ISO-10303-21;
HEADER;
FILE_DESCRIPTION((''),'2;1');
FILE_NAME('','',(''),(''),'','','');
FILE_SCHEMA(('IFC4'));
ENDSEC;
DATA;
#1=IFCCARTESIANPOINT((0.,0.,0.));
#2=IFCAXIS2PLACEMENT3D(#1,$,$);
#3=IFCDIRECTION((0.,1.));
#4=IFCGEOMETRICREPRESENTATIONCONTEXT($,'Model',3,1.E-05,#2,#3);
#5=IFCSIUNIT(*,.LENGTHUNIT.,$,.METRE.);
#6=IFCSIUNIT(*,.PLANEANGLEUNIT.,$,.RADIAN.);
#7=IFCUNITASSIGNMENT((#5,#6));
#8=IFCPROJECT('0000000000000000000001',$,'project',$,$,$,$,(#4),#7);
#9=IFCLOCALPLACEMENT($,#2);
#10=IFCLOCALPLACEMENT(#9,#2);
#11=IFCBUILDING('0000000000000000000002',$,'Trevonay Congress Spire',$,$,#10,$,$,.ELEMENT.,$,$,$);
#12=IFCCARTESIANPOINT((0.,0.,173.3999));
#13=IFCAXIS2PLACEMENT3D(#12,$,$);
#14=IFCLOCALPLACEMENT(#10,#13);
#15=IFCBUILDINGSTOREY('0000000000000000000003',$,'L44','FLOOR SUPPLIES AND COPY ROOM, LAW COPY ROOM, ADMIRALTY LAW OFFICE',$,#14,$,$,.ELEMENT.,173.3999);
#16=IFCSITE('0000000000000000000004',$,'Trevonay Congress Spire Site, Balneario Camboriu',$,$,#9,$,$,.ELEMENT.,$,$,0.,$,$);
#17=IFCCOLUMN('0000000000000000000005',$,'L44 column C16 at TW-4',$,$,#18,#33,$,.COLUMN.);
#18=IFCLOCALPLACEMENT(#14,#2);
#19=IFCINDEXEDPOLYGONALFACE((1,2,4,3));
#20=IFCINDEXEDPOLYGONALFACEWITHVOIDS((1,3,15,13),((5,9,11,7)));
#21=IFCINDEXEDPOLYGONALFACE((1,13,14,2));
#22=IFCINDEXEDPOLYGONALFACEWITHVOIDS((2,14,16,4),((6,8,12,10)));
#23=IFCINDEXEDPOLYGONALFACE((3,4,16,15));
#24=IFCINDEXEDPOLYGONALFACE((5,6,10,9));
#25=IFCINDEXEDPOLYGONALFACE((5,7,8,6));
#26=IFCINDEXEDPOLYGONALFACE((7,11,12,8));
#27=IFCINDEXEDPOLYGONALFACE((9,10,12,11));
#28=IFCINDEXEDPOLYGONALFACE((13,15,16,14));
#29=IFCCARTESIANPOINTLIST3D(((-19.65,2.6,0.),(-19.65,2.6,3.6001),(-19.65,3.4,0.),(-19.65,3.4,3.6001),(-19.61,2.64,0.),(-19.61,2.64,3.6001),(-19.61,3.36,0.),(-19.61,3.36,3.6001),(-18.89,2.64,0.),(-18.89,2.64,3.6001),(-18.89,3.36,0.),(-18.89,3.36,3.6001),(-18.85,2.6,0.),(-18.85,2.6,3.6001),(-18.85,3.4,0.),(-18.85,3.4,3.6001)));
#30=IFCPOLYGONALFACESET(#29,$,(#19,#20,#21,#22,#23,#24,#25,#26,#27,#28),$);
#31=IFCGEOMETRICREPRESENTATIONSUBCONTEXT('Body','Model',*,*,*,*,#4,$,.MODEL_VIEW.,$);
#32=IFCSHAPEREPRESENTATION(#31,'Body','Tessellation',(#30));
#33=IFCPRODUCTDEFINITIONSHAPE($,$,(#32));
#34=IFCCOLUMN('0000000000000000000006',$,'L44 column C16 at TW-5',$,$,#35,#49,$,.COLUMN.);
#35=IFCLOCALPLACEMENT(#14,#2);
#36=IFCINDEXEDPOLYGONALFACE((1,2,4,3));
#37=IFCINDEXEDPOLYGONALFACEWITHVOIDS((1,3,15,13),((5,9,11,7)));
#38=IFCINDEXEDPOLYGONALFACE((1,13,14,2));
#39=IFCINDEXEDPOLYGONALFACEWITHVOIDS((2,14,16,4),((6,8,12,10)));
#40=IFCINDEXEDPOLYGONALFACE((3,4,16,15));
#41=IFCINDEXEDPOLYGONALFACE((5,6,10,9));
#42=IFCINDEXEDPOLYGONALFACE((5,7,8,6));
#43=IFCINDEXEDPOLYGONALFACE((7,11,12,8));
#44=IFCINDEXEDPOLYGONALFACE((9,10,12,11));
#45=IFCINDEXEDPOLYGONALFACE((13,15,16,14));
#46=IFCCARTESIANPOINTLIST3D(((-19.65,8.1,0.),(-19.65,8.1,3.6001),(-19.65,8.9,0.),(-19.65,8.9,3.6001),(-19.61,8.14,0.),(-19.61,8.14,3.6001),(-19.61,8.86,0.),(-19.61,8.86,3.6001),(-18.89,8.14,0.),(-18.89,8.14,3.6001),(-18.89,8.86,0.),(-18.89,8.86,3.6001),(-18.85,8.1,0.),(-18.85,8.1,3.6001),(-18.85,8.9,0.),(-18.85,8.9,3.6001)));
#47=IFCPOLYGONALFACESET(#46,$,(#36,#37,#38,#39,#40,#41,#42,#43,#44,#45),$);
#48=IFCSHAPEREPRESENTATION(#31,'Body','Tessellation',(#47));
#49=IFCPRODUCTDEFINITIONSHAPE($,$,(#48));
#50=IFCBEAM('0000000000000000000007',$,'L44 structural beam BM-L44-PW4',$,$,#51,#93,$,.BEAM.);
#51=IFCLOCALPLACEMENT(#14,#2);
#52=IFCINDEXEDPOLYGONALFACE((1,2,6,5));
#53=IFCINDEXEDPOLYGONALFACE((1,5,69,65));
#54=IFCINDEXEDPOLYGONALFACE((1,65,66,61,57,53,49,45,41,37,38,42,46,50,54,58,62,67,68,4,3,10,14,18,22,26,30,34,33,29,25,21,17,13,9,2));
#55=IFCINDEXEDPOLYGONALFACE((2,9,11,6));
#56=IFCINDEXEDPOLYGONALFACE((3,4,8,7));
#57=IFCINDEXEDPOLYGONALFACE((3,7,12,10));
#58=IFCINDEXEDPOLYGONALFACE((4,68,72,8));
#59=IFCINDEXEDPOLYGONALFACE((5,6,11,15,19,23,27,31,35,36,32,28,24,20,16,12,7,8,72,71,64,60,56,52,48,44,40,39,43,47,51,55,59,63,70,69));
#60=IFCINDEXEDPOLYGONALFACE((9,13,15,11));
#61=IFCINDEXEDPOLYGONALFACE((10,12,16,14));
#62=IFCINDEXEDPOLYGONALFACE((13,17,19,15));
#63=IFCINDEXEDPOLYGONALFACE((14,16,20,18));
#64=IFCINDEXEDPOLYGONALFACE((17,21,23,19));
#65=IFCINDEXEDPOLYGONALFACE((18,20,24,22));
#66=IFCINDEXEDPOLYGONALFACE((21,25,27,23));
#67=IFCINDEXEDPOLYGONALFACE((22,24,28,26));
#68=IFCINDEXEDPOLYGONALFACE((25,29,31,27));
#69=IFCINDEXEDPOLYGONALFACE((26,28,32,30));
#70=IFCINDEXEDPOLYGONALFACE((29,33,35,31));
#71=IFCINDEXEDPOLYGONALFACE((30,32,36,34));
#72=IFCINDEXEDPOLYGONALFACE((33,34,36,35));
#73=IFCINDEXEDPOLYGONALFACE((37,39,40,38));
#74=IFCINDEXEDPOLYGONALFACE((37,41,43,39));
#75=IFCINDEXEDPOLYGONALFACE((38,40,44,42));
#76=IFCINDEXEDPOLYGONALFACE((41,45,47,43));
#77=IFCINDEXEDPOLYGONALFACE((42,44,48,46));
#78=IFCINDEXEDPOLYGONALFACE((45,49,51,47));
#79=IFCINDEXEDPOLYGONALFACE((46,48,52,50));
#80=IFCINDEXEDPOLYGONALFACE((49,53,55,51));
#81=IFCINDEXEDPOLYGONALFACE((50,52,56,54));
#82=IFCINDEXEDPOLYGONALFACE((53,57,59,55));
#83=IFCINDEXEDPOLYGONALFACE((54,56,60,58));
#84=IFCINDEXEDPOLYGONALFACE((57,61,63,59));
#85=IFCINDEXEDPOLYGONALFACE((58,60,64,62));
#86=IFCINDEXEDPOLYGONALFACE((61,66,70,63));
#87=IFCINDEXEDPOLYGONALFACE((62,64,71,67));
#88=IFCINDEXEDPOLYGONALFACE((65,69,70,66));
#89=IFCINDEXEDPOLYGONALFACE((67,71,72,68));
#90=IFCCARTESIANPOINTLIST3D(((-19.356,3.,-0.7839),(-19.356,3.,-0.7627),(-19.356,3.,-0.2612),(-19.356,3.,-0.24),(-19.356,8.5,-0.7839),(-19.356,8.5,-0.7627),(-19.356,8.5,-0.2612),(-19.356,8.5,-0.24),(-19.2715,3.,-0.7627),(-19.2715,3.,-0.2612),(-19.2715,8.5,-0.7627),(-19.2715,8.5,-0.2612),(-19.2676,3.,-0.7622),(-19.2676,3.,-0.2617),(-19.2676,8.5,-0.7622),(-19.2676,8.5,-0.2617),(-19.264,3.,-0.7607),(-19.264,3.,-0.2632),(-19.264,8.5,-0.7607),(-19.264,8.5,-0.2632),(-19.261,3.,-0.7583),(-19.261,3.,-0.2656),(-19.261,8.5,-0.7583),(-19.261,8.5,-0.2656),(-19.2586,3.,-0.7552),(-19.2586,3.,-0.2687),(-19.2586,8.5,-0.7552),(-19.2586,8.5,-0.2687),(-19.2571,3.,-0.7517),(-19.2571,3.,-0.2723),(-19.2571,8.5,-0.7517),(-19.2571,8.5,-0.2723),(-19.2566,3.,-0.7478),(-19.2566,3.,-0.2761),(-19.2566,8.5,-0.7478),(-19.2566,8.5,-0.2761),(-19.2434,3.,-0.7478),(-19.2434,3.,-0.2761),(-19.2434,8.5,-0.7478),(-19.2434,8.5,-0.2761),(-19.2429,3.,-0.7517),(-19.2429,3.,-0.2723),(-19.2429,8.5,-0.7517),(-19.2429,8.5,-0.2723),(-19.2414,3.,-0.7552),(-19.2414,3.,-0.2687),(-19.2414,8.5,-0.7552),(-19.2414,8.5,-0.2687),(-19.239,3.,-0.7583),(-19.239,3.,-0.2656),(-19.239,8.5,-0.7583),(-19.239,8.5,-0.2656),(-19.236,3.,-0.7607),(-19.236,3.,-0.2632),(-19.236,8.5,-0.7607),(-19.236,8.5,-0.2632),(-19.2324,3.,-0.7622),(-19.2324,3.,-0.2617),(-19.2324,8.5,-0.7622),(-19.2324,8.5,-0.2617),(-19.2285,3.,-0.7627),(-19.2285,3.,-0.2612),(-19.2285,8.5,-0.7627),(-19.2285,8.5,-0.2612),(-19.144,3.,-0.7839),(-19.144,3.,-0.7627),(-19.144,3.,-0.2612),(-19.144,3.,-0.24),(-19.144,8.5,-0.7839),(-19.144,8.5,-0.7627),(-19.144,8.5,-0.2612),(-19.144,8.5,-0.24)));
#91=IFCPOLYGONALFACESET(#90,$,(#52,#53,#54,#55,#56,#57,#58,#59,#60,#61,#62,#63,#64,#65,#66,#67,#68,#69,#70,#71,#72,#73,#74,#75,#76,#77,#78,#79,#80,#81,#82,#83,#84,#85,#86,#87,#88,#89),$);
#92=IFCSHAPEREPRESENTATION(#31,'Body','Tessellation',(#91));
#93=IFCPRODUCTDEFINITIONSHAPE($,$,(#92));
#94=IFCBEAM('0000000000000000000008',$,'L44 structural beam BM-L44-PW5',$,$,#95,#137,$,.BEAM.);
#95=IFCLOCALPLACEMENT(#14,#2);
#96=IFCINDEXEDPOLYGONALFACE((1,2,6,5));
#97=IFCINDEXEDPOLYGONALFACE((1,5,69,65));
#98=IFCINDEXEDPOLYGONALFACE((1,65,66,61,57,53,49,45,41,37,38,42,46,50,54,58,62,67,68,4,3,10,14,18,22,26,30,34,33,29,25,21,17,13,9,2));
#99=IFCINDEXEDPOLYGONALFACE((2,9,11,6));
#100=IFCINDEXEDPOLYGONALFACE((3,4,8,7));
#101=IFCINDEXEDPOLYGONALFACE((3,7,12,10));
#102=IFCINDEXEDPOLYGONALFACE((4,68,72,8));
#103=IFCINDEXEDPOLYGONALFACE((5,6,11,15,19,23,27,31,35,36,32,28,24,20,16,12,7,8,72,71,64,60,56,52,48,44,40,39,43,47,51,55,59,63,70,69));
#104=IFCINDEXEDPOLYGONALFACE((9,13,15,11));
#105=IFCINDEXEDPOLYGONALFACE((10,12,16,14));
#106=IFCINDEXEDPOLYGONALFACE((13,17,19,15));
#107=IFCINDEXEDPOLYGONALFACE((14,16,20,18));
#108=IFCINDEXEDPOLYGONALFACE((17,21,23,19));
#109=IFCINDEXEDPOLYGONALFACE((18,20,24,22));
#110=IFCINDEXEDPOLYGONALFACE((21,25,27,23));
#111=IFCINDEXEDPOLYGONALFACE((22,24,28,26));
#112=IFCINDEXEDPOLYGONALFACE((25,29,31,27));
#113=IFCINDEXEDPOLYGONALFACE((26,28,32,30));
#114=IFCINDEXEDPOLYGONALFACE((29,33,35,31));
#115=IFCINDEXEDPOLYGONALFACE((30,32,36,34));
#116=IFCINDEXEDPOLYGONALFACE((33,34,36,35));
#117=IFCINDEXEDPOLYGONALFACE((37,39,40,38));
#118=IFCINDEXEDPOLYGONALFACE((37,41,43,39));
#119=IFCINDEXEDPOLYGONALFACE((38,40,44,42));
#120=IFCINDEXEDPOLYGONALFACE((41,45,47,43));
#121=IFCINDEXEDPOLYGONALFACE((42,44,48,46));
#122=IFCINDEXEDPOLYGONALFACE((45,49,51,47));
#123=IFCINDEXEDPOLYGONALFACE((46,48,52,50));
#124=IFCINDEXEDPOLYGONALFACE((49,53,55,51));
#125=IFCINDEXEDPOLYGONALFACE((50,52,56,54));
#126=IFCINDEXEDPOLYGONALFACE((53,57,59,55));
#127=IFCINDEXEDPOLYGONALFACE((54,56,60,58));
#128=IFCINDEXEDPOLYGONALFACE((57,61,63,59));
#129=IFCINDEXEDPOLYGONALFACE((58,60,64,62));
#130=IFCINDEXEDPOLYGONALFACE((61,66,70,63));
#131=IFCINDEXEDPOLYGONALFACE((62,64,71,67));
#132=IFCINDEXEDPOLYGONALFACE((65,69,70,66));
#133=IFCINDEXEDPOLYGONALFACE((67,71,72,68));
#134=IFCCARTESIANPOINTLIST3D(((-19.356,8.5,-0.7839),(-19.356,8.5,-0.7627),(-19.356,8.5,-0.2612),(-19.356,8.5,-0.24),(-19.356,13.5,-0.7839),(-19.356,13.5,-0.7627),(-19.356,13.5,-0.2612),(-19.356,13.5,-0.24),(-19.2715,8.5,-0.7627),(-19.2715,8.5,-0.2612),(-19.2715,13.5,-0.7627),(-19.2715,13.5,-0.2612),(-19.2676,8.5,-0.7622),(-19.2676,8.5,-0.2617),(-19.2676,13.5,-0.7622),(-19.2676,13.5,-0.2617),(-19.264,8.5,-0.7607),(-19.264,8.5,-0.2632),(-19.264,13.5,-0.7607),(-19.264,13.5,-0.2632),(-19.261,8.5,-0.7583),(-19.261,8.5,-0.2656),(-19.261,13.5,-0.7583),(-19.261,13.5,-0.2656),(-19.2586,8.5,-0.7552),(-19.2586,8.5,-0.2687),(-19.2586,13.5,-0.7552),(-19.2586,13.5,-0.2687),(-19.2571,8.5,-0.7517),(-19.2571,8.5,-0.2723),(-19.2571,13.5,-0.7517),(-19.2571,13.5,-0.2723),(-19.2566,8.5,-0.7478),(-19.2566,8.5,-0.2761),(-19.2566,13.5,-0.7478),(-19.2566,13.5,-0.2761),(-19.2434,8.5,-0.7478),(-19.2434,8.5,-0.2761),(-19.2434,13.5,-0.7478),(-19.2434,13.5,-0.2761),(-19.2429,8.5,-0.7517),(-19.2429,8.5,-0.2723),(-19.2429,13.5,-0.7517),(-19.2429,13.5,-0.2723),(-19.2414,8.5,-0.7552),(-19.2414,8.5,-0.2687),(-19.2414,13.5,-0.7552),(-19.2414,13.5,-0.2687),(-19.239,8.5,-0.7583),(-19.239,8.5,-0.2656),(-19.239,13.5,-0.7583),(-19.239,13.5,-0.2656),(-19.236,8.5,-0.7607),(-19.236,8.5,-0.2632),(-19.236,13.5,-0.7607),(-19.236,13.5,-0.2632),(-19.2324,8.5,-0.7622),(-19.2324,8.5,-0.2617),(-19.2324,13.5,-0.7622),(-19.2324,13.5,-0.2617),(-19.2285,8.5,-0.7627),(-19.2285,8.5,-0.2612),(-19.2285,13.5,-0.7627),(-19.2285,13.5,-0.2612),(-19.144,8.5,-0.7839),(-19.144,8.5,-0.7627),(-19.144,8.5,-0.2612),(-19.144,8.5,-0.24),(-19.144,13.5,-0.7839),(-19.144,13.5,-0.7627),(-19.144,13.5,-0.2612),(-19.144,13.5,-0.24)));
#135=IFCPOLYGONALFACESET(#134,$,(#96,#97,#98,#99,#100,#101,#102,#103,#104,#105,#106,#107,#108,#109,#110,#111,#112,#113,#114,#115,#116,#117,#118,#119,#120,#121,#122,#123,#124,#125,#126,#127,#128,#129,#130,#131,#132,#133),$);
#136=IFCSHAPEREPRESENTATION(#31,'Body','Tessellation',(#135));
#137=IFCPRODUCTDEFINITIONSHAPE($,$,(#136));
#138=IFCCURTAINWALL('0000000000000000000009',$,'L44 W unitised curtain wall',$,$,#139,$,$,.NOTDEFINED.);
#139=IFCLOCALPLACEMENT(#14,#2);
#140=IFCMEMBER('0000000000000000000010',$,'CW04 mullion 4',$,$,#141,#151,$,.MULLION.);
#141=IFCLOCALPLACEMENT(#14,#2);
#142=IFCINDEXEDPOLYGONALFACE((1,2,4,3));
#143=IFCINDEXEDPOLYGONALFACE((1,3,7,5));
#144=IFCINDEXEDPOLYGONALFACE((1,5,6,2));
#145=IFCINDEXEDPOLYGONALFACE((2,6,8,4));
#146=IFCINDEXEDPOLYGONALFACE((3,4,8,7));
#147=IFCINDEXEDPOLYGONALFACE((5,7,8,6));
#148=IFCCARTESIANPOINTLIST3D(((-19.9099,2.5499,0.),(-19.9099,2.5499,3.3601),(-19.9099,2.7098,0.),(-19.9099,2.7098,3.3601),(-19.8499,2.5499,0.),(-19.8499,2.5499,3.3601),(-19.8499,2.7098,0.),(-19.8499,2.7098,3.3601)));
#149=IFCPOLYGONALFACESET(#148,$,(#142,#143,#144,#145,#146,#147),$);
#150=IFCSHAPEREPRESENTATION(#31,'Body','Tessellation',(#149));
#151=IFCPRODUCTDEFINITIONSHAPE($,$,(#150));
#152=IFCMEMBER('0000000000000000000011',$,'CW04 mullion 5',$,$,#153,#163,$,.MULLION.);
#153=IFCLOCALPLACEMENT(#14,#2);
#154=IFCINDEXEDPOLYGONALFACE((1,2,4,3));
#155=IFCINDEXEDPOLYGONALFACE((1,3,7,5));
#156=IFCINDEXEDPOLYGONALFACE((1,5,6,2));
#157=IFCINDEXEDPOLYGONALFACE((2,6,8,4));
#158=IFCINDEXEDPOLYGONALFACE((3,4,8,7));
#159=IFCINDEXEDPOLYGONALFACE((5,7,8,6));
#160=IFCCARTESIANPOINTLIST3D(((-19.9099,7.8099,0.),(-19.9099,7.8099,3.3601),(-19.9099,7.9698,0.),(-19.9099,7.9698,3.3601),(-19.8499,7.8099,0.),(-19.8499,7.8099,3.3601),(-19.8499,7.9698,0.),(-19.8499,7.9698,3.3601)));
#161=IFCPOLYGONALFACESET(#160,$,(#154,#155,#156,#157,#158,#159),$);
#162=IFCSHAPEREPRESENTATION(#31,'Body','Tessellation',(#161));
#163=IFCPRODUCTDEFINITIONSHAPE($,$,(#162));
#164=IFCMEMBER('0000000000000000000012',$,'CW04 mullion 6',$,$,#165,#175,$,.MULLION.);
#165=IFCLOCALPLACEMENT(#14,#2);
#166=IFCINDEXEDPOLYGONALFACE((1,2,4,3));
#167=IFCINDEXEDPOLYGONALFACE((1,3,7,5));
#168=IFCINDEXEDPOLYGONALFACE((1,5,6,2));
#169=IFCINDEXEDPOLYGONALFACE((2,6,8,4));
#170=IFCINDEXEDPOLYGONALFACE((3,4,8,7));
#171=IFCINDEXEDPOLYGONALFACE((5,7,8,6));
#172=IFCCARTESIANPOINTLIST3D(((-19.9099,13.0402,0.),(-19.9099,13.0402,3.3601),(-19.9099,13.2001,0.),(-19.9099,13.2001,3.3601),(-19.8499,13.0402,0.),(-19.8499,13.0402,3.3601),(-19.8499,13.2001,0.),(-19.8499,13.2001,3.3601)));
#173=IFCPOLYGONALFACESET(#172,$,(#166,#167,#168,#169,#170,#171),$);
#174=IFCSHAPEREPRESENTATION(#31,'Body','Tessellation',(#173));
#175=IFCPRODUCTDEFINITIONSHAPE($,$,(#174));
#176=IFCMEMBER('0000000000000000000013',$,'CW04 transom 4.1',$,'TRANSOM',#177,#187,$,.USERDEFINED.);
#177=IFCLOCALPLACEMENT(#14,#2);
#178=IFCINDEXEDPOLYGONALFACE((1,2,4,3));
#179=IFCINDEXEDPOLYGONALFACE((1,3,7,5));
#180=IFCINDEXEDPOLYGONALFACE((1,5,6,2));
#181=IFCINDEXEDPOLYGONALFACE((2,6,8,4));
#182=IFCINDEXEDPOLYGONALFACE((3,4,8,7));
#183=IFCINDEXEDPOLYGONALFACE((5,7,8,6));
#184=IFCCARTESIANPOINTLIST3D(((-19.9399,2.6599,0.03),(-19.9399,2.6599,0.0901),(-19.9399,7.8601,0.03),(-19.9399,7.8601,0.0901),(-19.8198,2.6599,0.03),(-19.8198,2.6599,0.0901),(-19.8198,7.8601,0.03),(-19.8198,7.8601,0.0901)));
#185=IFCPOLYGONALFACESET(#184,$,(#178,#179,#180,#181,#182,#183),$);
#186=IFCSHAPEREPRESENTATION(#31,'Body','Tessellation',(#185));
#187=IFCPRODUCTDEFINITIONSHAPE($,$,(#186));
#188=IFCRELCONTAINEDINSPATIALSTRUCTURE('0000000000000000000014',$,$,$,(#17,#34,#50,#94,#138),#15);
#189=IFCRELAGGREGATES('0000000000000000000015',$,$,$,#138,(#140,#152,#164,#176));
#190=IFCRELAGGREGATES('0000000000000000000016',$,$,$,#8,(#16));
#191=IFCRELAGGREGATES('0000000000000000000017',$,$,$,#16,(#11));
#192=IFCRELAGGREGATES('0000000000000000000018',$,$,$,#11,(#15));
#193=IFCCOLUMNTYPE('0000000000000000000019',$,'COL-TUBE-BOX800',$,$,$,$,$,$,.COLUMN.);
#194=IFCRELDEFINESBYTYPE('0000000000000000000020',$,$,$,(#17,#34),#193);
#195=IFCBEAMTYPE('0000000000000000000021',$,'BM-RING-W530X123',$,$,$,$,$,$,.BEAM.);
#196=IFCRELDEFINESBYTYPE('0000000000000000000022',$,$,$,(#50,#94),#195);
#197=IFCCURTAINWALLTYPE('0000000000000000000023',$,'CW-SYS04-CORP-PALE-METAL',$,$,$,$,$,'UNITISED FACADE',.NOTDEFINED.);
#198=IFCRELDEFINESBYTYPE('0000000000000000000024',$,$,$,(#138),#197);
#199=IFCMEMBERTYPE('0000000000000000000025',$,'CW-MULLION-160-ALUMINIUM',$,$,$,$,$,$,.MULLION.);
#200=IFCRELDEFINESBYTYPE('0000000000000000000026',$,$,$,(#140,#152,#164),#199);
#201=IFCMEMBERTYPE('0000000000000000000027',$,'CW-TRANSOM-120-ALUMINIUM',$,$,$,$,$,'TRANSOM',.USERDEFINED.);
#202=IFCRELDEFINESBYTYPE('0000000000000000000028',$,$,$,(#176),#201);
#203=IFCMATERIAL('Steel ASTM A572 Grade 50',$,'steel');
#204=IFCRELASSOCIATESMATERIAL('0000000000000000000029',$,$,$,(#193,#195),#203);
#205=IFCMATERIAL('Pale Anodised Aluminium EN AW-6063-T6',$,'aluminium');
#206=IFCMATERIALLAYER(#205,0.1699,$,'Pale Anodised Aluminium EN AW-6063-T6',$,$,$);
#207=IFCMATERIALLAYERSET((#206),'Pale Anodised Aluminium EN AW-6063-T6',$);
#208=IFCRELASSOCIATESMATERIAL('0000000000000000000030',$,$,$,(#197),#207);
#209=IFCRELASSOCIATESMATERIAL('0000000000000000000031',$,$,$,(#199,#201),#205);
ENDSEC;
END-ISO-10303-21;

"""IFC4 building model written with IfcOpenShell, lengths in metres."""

from ifc_helpers import new_model, si_unit, direction, frame, origin, origin_2d, place, context, subcontext, project, spatial, rectangle, hollow_rectangle, i_section, extrude, material, layer, layer_set, material_profile, profile_set, type_object, element, aggregate, save


model = new_model("IFC4")

# Units and contexts
model_context = context("Model", 3, precision=1e-05, world=origin(), true_north=direction((0.0, 1.0)))
body_context = subcontext(model_context, "Body", "Model", "MODEL_VIEW")
ifc_project = project(units=[si_unit("LENGTHUNIT", "METRE"), si_unit("PLANEANGLEUNIT", "RADIAN")], contexts=[model_context])

# Site, building, storey
site_placement = place(None, origin())
site = spatial("IfcSite", under=ifc_project, at=site_placement, Name="Trevonay Congress Spire Site, Balneario Camboriu", CompositionType="ELEMENT", RefElevation=0.0)
building_placement = place(site_placement, origin())
building = spatial("IfcBuilding", under=site, at=building_placement, Name="Trevonay Congress Spire", CompositionType="ELEMENT")
storey_placement = place(building_placement, frame((0.0, 0.0, 173.3999)))
storey = spatial("IfcBuildingStorey", under=building, at=storey_placement, Name="L44", Description="FLOOR SUPPLIES AND COPY ROOM, LAW COPY ROOM, ADMIRALTY LAW OFFICE", CompositionType="ELEMENT", Elevation=173.3999)

# Columns
ifc_material_1 = material(Name="Steel ASTM A572 Grade 50", Category="steel")
ifc_material_profile_1 = material_profile(ifc_material_1, hollow_rectangle(XDim=0.8, YDim=0.8, WallThickness=0.04, at=origin_2d()), Name="BOX 800x800x40")
ifc_profile_set_1 = profile_set([ifc_material_profile_1], Name="Steel ASTM A572 Grade 50")
column_type = type_object("IfcColumnType", Name="COL-TUBE-BOX800", PredefinedType="COLUMN", material=ifc_profile_set_1)
for number, where, z_axis, x_axis, name in (
    (1, (-19.25, 3.0, 0.0), (0.0, 0.0, 1.0), (1.0, 0.0, 0.0), "L44 column C16 at TW-4"),
    (2, (-19.25, 8.5, 0.0), (0.0, 0.0, 1.0), (1.0, 0.0, 0.0), "L44 column C16 at TW-5"),
):
    element("IfcColumn", number, at=place(storey_placement, frame(where, z_axis=z_axis, x_axis=x_axis)), inside=storey, type_object=column_type, Name=name, PredefinedType="COLUMN", context=body_context, shape_type="SweptSolid", body=[
        extrude(hollow_rectangle(XDim=0.8, YDim=0.8, WallThickness=0.04, at=origin_2d()), origin(), (0.0, 0.0, 1.0), 3.6001),
    ])

# Beams
ifc_material_profile_2 = material_profile(ifc_material_1, i_section(OverallWidth=0.2119, OverallDepth=0.5439, WebThickness=0.0132, FlangeThickness=0.0212, FilletRadius=0.0149, at=origin_2d()), Name="W530x123")
ifc_profile_set_2 = profile_set([ifc_material_profile_2], Name="Steel ASTM A572 Grade 50")
beam_type = type_object("IfcBeamType", Name="BM-RING-W530X123", PredefinedType="BEAM", material=ifc_profile_set_2)
beam_1_placement = place(storey_placement, frame((-19.25, 3.0, -0.512), z_axis=(0.0, 1.0, 0.0), x_axis=(-1.0, 0.0, 0.0)))
element("IfcBeam", 3, at=beam_1_placement, inside=storey, type_object=beam_type, Name="L44 structural beam BM-L44-PW4", PredefinedType="BEAM", context=body_context, shape_type="SweptSolid", body=[
    extrude(i_section(OverallWidth=0.2119, OverallDepth=0.5439, WebThickness=0.0132, FlangeThickness=0.0212, FilletRadius=0.0149, at=origin_2d()), origin(), (0.0, 0.0, 1.0), 5.5),
])
beam_2_placement = place(storey_placement, frame((-19.25, 8.5, -0.512), z_axis=(0.0, 1.0, 0.0), x_axis=(-1.0, 0.0, 0.0)))
element("IfcBeam", 4, at=beam_2_placement, inside=storey, type_object=beam_type, Name="L44 structural beam BM-L44-PW5", PredefinedType="BEAM", context=body_context, shape_type="SweptSolid", body=[
    extrude(i_section(OverallWidth=0.2119, OverallDepth=0.5439, WebThickness=0.0132, FlangeThickness=0.0212, FilletRadius=0.0149, at=origin_2d()), origin(), (0.0, 0.0, 1.0), 5.0),
])

# Curtain wall, members
ifc_material_2 = material(Name="Pale Anodised Aluminium EN AW-6063-T6", Category="aluminium")
ifc_layer_1 = layer(ifc_material_2, 0.1699, Name="Pale Anodised Aluminium EN AW-6063-T6")
ifc_layer_set_1 = layer_set([ifc_layer_1], Name="Pale Anodised Aluminium EN AW-6063-T6")
curtain_wall_type = type_object("IfcCurtainWallType", Name="CW-SYS04-CORP-PALE-METAL", ElementType="UNITISED FACADE", PredefinedType="NOTDEFINED", material=ifc_layer_set_1)
curtain_wall_placement = place(storey_placement, origin())
curtain_wall = element("IfcCurtainWall", 5, at=curtain_wall_placement, inside=storey, type_object=curtain_wall_type, Name="L44 W unitised curtain wall", PredefinedType="NOTDEFINED")
ifc_material_profile_3 = material_profile(ifc_material_2, rectangle(XDim=0.0601, YDim=0.1599, at=origin_2d()), Name="CW-MULLION-160-ALUMINIUM")
ifc_profile_set_3 = profile_set([ifc_material_profile_3], Name="Pale Anodised Aluminium EN AW-6063-T6")
member_type_1 = type_object("IfcMemberType", Name="CW-MULLION-160-ALUMINIUM", PredefinedType="MULLION", material=ifc_profile_set_3)
member_1_placement = place(storey_placement, frame((-19.8799, 2.6299, 0.0), z_axis=(0.0, 0.0, 1.0), x_axis=(-1.0, 0.0, 0.0)))
member_1 = element("IfcMember", 6, at=member_1_placement, type_object=member_type_1, Name="CW04 mullion 4", PredefinedType="MULLION", context=body_context, shape_type="SweptSolid", body=[
    extrude(rectangle(XDim=0.0601, YDim=0.1599, at=origin_2d()), origin(), (0.0, 0.0, 1.0), 3.3601),
])
member_2_placement = place(storey_placement, frame((-19.8799, 7.8899, 0.0), z_axis=(0.0, 0.0, 1.0), x_axis=(-1.0, 0.0, 0.0)))
member_2 = element("IfcMember", 7, at=member_2_placement, type_object=member_type_1, Name="CW04 mullion 5", PredefinedType="MULLION", context=body_context, shape_type="SweptSolid", body=[
    extrude(rectangle(XDim=0.0601, YDim=0.1599, at=origin_2d()), origin(), (0.0, 0.0, 1.0), 3.3601),
])
member_3_placement = place(storey_placement, frame((-19.8799, 13.1201, 0.0), z_axis=(0.0, 0.0, 1.0), x_axis=(-1.0, 0.0, 0.0)))
member_3 = element("IfcMember", 8, at=member_3_placement, type_object=member_type_1, Name="CW04 mullion 6", PredefinedType="MULLION", context=body_context, shape_type="SweptSolid", body=[
    extrude(rectangle(XDim=0.0601, YDim=0.1599, at=origin_2d()), origin(), (0.0, 0.0, 1.0), 3.3601),
])
ifc_material_profile_4 = material_profile(ifc_material_2, rectangle(XDim=0.1201, YDim=0.0601, at=origin_2d()), Name="CW-TRANSOM-120-ALUMINIUM")
ifc_profile_set_4 = profile_set([ifc_material_profile_4], Name="Pale Anodised Aluminium EN AW-6063-T6")
member_type_2 = type_object("IfcMemberType", Name="CW-TRANSOM-120-ALUMINIUM", ElementType="TRANSOM", PredefinedType="USERDEFINED", material=ifc_profile_set_4)
member_4_placement = place(storey_placement, frame((-19.8799, 2.6599, 0.0601), z_axis=(0.0, 1.0, 0.0), x_axis=(-1.0, 0.0, 0.0)))
member_4 = element("IfcMember", 9, at=member_4_placement, type_object=member_type_2, Name="CW04 transom 4.1", ObjectType="TRANSOM", PredefinedType="USERDEFINED", context=body_context, shape_type="SweptSolid", body=[
    extrude(rectangle(XDim=0.1201, YDim=0.0601, at=origin_2d()), origin(), (0.0, 0.0, 1.0), 5.2002),
])
aggregate(curtain_wall, [member_1, member_2, member_3, member_4])

save(model, "model.ifc")
